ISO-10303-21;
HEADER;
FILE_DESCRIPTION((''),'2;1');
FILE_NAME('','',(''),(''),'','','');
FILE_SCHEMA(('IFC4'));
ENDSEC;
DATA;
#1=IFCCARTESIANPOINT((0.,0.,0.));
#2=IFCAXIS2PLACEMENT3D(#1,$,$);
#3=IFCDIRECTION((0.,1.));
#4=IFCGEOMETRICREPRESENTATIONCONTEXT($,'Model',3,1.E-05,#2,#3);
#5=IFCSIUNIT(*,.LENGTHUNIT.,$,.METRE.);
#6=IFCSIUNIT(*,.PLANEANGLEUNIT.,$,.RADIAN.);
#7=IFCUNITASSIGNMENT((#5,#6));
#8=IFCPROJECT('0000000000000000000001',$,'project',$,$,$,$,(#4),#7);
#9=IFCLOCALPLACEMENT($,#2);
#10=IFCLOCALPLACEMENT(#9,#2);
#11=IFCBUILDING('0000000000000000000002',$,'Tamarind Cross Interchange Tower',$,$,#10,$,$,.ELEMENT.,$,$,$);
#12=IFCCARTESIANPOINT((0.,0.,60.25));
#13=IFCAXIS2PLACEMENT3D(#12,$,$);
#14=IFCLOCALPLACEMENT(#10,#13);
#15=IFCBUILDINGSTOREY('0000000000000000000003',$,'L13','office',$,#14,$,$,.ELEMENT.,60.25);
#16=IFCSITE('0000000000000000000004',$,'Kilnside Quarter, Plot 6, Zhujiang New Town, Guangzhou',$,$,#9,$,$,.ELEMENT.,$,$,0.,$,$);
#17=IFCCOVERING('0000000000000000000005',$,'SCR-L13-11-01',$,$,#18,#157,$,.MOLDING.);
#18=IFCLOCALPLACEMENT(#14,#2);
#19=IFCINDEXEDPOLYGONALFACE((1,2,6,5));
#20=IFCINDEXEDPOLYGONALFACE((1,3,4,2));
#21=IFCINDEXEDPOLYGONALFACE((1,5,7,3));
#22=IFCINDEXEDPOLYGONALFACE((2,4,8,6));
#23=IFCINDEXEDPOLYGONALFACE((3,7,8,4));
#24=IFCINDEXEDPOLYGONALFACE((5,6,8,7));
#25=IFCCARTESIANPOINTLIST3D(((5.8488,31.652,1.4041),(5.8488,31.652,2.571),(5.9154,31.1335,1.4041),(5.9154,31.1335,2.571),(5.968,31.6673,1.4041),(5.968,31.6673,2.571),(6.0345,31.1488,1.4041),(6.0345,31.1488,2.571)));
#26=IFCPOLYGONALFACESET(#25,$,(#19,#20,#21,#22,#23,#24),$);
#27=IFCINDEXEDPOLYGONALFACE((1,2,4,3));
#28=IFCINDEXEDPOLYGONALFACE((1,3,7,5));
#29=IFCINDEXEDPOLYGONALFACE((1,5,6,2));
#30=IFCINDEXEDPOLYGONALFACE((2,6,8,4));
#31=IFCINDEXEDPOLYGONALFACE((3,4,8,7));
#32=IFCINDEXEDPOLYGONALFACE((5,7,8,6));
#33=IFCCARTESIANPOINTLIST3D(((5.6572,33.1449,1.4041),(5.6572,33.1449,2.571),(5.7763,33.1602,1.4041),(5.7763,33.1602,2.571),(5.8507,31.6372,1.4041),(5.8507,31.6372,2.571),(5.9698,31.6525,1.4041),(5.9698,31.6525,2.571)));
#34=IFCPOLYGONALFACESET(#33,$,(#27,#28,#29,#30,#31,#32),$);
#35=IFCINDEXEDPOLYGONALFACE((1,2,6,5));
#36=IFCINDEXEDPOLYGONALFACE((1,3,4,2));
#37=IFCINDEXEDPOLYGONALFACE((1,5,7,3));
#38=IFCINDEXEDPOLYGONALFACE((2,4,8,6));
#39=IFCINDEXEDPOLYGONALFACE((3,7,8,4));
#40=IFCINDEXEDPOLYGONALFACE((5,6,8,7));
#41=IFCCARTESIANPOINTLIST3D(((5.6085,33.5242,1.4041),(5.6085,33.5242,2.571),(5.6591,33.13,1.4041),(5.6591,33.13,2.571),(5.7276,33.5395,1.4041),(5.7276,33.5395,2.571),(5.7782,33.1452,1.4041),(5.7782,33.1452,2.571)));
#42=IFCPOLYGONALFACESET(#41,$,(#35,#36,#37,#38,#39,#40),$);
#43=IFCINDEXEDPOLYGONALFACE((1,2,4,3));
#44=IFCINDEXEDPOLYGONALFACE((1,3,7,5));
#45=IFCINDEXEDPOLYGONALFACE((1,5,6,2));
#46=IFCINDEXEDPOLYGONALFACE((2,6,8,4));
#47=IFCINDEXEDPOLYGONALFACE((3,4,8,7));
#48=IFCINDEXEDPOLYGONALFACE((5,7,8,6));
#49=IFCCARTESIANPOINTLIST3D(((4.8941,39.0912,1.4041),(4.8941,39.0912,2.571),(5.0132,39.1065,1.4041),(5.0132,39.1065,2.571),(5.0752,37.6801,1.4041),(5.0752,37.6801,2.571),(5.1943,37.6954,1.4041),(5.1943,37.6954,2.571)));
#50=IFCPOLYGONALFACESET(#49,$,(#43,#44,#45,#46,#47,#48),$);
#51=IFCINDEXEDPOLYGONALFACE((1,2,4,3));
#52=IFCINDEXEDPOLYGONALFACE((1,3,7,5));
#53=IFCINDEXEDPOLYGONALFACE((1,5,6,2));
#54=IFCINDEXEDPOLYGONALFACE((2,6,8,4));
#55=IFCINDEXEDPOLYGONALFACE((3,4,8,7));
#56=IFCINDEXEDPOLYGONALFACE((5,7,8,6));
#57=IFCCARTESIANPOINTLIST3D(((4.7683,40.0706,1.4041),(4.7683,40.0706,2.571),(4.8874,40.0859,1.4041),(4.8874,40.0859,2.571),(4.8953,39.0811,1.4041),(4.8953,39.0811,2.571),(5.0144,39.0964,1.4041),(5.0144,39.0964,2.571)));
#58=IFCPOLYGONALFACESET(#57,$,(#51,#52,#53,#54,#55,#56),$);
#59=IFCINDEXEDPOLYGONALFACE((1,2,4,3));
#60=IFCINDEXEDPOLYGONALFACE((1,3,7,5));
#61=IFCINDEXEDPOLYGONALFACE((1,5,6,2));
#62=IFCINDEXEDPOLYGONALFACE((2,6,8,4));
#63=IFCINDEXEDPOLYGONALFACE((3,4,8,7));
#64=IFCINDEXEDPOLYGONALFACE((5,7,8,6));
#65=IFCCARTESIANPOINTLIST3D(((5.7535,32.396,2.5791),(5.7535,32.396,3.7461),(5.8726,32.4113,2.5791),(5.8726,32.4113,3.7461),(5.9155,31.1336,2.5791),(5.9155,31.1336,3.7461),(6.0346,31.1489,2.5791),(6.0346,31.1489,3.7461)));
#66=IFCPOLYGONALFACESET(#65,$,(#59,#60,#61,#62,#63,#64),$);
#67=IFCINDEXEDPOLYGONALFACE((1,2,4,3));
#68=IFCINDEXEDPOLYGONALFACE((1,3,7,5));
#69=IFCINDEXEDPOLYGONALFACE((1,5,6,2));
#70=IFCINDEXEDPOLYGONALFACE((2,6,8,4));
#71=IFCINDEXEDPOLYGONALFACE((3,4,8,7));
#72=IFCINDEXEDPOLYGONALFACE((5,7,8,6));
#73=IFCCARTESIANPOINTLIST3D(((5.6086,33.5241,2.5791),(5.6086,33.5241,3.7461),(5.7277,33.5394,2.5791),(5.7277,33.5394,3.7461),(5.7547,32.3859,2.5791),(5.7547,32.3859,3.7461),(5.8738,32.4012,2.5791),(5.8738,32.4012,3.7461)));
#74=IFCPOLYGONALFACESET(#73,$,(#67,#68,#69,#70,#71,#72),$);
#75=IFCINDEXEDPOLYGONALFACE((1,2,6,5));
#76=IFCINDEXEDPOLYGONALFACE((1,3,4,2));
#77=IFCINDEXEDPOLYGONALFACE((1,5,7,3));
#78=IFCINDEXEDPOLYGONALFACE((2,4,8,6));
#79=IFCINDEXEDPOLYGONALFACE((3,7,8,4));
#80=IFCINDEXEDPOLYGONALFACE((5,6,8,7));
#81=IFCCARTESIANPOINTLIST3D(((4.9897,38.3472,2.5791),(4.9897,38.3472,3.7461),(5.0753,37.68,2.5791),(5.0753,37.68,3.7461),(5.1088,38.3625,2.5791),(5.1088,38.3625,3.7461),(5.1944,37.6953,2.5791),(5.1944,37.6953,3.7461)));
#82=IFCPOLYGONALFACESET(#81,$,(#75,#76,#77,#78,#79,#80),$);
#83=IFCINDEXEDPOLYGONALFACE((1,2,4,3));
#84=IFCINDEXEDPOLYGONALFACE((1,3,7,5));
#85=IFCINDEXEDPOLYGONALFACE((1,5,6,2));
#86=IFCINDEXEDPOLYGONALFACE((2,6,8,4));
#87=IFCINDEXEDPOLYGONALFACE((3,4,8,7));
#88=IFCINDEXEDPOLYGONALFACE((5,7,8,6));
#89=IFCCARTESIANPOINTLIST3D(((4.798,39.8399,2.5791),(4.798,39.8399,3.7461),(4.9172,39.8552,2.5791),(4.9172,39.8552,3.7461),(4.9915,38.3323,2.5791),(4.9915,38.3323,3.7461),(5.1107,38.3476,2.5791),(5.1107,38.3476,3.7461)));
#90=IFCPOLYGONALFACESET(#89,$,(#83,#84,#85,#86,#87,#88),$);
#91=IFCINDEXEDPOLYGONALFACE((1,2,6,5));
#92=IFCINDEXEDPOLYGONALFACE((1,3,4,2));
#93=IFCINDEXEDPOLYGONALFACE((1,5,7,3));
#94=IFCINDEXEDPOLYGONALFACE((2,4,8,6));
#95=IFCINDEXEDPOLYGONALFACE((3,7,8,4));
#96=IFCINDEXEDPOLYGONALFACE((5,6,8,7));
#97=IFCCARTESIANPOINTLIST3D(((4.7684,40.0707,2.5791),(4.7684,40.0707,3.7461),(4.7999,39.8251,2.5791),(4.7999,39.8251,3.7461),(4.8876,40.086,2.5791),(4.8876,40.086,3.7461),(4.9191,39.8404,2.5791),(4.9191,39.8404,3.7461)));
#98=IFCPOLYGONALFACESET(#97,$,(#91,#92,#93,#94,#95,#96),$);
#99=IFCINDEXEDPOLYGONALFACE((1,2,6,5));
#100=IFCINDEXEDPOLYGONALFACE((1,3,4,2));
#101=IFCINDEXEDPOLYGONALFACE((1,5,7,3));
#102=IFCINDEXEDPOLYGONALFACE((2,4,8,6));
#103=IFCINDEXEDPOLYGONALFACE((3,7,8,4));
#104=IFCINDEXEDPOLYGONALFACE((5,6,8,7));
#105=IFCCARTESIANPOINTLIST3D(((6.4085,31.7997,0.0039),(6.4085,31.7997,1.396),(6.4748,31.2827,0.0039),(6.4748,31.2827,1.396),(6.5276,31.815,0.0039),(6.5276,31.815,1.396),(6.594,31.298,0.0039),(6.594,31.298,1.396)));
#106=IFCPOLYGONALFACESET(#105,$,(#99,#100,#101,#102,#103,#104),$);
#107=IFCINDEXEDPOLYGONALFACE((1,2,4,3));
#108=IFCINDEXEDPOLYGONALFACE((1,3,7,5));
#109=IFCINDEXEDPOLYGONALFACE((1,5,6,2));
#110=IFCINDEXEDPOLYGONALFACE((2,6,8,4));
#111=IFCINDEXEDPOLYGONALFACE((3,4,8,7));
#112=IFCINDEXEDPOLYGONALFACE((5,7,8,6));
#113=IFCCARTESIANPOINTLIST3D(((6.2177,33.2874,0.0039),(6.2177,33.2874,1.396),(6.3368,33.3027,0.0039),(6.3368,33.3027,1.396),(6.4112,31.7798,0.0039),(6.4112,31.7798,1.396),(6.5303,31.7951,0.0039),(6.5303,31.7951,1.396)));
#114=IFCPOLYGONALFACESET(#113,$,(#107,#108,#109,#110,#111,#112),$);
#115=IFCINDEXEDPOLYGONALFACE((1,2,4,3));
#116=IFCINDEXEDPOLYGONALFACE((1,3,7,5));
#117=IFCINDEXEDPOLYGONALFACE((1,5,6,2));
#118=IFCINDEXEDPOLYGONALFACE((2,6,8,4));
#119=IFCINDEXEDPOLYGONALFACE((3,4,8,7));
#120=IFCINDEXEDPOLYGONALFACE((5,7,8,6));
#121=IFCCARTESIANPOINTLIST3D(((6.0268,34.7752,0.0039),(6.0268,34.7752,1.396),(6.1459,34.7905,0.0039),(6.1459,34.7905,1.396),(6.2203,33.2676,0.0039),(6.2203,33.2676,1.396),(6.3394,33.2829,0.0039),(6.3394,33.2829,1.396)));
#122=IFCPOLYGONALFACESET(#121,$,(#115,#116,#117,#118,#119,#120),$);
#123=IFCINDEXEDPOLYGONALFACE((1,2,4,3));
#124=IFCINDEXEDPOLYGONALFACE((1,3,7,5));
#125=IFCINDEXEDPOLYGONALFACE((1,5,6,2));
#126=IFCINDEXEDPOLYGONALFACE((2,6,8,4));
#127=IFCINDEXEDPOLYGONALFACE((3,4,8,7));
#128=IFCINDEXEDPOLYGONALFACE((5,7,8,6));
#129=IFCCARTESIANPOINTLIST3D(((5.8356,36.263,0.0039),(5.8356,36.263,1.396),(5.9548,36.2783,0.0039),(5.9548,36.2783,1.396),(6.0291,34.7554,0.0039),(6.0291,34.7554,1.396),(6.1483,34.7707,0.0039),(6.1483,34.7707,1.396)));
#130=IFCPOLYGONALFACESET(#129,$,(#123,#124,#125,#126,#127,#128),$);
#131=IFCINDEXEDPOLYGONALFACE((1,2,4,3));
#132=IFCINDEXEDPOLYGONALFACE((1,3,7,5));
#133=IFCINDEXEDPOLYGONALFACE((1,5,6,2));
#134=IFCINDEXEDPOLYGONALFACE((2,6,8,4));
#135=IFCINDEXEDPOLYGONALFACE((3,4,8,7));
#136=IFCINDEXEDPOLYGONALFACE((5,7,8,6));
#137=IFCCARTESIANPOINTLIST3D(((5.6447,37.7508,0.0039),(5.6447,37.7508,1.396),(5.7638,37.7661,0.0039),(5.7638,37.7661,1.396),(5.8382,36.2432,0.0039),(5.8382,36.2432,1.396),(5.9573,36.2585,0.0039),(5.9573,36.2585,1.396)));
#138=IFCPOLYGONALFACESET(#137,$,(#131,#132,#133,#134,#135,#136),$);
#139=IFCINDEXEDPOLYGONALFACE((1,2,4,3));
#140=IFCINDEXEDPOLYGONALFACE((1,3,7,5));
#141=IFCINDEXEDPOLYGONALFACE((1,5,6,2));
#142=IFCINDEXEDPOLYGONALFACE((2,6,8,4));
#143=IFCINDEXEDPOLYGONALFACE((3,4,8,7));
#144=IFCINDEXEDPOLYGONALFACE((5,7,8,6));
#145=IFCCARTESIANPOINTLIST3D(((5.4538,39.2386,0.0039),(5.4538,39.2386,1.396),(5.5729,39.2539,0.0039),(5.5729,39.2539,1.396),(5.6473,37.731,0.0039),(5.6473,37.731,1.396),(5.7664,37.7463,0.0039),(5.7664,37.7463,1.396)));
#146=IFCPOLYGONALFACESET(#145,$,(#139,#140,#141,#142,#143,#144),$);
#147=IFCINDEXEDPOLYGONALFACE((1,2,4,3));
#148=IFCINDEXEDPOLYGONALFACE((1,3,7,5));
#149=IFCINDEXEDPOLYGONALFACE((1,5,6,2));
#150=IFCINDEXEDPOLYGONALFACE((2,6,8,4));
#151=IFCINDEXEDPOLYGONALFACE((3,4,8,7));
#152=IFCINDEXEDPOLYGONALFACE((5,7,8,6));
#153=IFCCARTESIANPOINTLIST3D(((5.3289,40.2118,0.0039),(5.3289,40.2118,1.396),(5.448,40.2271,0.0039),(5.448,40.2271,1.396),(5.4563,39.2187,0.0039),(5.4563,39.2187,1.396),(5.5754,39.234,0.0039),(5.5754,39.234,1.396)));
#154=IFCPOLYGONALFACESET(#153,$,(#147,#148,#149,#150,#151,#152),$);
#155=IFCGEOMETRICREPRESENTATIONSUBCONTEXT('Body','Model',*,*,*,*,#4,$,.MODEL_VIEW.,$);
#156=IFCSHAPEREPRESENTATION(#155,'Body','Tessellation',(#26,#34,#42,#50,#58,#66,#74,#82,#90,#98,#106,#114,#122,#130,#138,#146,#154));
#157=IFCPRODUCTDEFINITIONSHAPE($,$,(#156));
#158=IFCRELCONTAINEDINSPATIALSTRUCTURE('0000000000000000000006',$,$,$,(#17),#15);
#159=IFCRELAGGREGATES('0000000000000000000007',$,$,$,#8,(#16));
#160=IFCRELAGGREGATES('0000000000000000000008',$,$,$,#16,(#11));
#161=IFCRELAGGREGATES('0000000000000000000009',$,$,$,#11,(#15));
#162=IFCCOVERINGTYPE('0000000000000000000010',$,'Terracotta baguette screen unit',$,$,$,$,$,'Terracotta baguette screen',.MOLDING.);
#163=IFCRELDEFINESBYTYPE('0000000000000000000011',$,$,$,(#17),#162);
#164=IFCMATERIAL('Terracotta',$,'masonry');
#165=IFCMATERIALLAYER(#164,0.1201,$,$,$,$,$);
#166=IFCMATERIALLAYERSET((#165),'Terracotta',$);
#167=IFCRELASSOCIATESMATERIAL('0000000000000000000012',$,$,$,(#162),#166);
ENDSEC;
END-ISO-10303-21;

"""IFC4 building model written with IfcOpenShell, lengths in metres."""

from ifc_helpers import new_model, si_unit, direction, frame, origin, origin_2d, place, context, subcontext, project, spatial, rectangle, extrude, material, layer, layer_set, type_object, element, save


model = new_model("IFC4")

# Units and contexts
model_context = context("Model", 3, precision=1e-05, world=origin(), true_north=direction((0.0, 1.0)))
body_context = subcontext(model_context, "Body", "Model", "MODEL_VIEW")
ifc_project = project(units=[si_unit("LENGTHUNIT", "METRE"), si_unit("PLANEANGLEUNIT", "RADIAN")], contexts=[model_context])

# Site, building, storey
site_placement = place(None, origin())
site = spatial("IfcSite", under=ifc_project, at=site_placement, Name="Kilnside Quarter, Plot 6, Zhujiang New Town, Guangzhou", CompositionType="ELEMENT", RefElevation=0.0)
building_placement = place(site_placement, origin())
building = spatial("IfcBuilding", under=site, at=building_placement, Name="Tamarind Cross Interchange Tower", CompositionType="ELEMENT")
storey_placement = place(building_placement, frame((0.0, 0.0, 60.25)))
storey = spatial("IfcBuildingStorey", under=building, at=storey_placement, Name="L13", Description="office", CompositionType="ELEMENT", Elevation=60.25)

# Covering
ifc_material_1 = material(Name="Terracotta", Category="masonry")
ifc_layer_1 = layer(ifc_material_1, 0.1201)
ifc_layer_set_1 = layer_set([ifc_layer_1], Name="Terracotta")
covering_type = type_object("IfcCoveringType", Name="Terracotta baguette screen unit", ElementType="Terracotta baguette screen", PredefinedType="MOLDING", material=ifc_layer_set_1)
covering_1_placement = place(storey_placement, origin())
element("IfcCovering", 1, at=covering_1_placement, inside=storey, type_object=covering_type, Name="SCR-L13-11-01", PredefinedType="MOLDING", context=body_context, shape_type="SweptSolid", body=[
    extrude(rectangle(XDim=0.5227, YDim=0.1201, at=origin_2d()), frame((5.9417, 31.4004, 1.4041), z_axis=(0.0, 0.0, 1.0), x_axis=(-0.1273, 0.991864, 0.0)), (0.0, 0.0, 1.0), 1.167),
    extrude(rectangle(XDim=1.52, YDim=0.1201, at=origin_2d()), frame((5.8135, 32.3987, 1.4041), z_axis=(0.0, 0.0, 1.0), x_axis=(-0.1273, 0.991864, 0.0)), (0.0, 0.0, 1.0), 1.167),
    extrude(rectangle(XDim=0.3975, YDim=0.1201, at=origin_2d()), frame((5.6934, 33.3347, 1.4041), z_axis=(0.0, 0.0, 1.0), x_axis=(-0.1273, 0.991864, 0.0)), (0.0, 0.0, 1.0), 1.167),
    extrude(rectangle(XDim=1.4226, YDim=0.1201, at=origin_2d()), frame((5.0442, 38.3933, 1.4041), z_axis=(0.0, 0.0, 1.0), x_axis=(-0.1273, 0.991864, 0.0)), (0.0, 0.0, 1.0), 1.167),
    extrude(rectangle(XDim=0.9976, YDim=0.1201, at=origin_2d()), frame((4.8914, 39.5835, 1.4041), z_axis=(0.0, 0.0, 1.0), x_axis=(-0.1273, 0.991864, 0.0)), (0.0, 0.0, 1.0), 1.167),
    extrude(rectangle(XDim=1.2727, YDim=0.1201, at=origin_2d()), frame((5.894, 31.7725, 2.5791), z_axis=(0.0, 0.0, 1.0), x_axis=(-0.1273, 0.991864, 0.0)), (0.0, 0.0, 1.0), 1.167),
    extrude(rectangle(XDim=1.1475, YDim=0.1201, at=origin_2d()), frame((5.7412, 32.9626, 2.5791), z_axis=(0.0, 0.0, 1.0), x_axis=(-0.1273, 0.991864, 0.0)), (0.0, 0.0, 1.0), 1.167),
    extrude(rectangle(XDim=0.6726, YDim=0.1201, at=origin_2d()), frame((5.092, 38.0212, 2.5791), z_axis=(0.0, 0.0, 1.0), x_axis=(-0.1273, 0.991864, 0.0)), (0.0, 0.0, 1.0), 1.167),
    extrude(rectangle(XDim=1.52, YDim=0.1201, at=origin_2d()), frame((4.9543, 39.0938, 2.5791), z_axis=(0.0, 0.0, 1.0), x_axis=(-0.1273, 0.991864, 0.0)), (0.0, 0.0, 1.0), 1.167),
    extrude(rectangle(XDim=0.2476, YDim=0.1201, at=origin_2d()), frame((4.8438, 39.9556, 2.5791), z_axis=(0.0, 0.0, 1.0), x_axis=(-0.1273, 0.991864, 0.0)), (0.0, 0.0, 1.0), 1.167),
    extrude(rectangle(XDim=0.5212, YDim=0.1201, at=origin_2d()), frame((6.5012, 31.5488, 0.0039), z_axis=(0.0, 0.0, 1.0), x_axis=(-0.1273, 0.991864, 0.0)), (0.0, 0.0, 1.0), 1.3921),
    extrude(rectangle(XDim=1.52, YDim=0.1201, at=origin_2d()), frame((6.374, 32.5413, 0.0039), z_axis=(0.0, 0.0, 1.0), x_axis=(-0.1273, 0.991864, 0.0)), (0.0, 0.0, 1.0), 1.3921),
    extrude(rectangle(XDim=1.52, YDim=0.1201, at=origin_2d()), frame((6.1831, 34.0291, 0.0039), z_axis=(0.0, 0.0, 1.0), x_axis=(-0.1273, 0.991864, 0.0)), (0.0, 0.0, 1.0), 1.3921),
    extrude(rectangle(XDim=1.52, YDim=0.1201, at=origin_2d()), frame((5.9919, 35.5168, 0.0039), z_axis=(0.0, 0.0, 1.0), x_axis=(-0.1273, 0.991864, 0.0)), (0.0, 0.0, 1.0), 1.3921),
    extrude(rectangle(XDim=1.52, YDim=0.1201, at=origin_2d()), frame((5.801, 37.0046, 0.0039), z_axis=(0.0, 0.0, 1.0), x_axis=(-0.1273, 0.991864, 0.0)), (0.0, 0.0, 1.0), 1.3921),
    extrude(rectangle(XDim=1.52, YDim=0.1201, at=origin_2d()), frame((5.6101, 38.4924, 0.0039), z_axis=(0.0, 0.0, 1.0), x_axis=(-0.1273, 0.991864, 0.0)), (0.0, 0.0, 1.0), 1.3921),
    extrude(rectangle(XDim=1.0012, YDim=0.1201, at=origin_2d()), frame((5.4521, 39.7229, 0.0039), z_axis=(0.0, 0.0, 1.0), x_axis=(-0.1273, 0.991864, 0.0)), (0.0, 0.0, 1.0), 1.3921),
])

save(model, "model.ifc")
